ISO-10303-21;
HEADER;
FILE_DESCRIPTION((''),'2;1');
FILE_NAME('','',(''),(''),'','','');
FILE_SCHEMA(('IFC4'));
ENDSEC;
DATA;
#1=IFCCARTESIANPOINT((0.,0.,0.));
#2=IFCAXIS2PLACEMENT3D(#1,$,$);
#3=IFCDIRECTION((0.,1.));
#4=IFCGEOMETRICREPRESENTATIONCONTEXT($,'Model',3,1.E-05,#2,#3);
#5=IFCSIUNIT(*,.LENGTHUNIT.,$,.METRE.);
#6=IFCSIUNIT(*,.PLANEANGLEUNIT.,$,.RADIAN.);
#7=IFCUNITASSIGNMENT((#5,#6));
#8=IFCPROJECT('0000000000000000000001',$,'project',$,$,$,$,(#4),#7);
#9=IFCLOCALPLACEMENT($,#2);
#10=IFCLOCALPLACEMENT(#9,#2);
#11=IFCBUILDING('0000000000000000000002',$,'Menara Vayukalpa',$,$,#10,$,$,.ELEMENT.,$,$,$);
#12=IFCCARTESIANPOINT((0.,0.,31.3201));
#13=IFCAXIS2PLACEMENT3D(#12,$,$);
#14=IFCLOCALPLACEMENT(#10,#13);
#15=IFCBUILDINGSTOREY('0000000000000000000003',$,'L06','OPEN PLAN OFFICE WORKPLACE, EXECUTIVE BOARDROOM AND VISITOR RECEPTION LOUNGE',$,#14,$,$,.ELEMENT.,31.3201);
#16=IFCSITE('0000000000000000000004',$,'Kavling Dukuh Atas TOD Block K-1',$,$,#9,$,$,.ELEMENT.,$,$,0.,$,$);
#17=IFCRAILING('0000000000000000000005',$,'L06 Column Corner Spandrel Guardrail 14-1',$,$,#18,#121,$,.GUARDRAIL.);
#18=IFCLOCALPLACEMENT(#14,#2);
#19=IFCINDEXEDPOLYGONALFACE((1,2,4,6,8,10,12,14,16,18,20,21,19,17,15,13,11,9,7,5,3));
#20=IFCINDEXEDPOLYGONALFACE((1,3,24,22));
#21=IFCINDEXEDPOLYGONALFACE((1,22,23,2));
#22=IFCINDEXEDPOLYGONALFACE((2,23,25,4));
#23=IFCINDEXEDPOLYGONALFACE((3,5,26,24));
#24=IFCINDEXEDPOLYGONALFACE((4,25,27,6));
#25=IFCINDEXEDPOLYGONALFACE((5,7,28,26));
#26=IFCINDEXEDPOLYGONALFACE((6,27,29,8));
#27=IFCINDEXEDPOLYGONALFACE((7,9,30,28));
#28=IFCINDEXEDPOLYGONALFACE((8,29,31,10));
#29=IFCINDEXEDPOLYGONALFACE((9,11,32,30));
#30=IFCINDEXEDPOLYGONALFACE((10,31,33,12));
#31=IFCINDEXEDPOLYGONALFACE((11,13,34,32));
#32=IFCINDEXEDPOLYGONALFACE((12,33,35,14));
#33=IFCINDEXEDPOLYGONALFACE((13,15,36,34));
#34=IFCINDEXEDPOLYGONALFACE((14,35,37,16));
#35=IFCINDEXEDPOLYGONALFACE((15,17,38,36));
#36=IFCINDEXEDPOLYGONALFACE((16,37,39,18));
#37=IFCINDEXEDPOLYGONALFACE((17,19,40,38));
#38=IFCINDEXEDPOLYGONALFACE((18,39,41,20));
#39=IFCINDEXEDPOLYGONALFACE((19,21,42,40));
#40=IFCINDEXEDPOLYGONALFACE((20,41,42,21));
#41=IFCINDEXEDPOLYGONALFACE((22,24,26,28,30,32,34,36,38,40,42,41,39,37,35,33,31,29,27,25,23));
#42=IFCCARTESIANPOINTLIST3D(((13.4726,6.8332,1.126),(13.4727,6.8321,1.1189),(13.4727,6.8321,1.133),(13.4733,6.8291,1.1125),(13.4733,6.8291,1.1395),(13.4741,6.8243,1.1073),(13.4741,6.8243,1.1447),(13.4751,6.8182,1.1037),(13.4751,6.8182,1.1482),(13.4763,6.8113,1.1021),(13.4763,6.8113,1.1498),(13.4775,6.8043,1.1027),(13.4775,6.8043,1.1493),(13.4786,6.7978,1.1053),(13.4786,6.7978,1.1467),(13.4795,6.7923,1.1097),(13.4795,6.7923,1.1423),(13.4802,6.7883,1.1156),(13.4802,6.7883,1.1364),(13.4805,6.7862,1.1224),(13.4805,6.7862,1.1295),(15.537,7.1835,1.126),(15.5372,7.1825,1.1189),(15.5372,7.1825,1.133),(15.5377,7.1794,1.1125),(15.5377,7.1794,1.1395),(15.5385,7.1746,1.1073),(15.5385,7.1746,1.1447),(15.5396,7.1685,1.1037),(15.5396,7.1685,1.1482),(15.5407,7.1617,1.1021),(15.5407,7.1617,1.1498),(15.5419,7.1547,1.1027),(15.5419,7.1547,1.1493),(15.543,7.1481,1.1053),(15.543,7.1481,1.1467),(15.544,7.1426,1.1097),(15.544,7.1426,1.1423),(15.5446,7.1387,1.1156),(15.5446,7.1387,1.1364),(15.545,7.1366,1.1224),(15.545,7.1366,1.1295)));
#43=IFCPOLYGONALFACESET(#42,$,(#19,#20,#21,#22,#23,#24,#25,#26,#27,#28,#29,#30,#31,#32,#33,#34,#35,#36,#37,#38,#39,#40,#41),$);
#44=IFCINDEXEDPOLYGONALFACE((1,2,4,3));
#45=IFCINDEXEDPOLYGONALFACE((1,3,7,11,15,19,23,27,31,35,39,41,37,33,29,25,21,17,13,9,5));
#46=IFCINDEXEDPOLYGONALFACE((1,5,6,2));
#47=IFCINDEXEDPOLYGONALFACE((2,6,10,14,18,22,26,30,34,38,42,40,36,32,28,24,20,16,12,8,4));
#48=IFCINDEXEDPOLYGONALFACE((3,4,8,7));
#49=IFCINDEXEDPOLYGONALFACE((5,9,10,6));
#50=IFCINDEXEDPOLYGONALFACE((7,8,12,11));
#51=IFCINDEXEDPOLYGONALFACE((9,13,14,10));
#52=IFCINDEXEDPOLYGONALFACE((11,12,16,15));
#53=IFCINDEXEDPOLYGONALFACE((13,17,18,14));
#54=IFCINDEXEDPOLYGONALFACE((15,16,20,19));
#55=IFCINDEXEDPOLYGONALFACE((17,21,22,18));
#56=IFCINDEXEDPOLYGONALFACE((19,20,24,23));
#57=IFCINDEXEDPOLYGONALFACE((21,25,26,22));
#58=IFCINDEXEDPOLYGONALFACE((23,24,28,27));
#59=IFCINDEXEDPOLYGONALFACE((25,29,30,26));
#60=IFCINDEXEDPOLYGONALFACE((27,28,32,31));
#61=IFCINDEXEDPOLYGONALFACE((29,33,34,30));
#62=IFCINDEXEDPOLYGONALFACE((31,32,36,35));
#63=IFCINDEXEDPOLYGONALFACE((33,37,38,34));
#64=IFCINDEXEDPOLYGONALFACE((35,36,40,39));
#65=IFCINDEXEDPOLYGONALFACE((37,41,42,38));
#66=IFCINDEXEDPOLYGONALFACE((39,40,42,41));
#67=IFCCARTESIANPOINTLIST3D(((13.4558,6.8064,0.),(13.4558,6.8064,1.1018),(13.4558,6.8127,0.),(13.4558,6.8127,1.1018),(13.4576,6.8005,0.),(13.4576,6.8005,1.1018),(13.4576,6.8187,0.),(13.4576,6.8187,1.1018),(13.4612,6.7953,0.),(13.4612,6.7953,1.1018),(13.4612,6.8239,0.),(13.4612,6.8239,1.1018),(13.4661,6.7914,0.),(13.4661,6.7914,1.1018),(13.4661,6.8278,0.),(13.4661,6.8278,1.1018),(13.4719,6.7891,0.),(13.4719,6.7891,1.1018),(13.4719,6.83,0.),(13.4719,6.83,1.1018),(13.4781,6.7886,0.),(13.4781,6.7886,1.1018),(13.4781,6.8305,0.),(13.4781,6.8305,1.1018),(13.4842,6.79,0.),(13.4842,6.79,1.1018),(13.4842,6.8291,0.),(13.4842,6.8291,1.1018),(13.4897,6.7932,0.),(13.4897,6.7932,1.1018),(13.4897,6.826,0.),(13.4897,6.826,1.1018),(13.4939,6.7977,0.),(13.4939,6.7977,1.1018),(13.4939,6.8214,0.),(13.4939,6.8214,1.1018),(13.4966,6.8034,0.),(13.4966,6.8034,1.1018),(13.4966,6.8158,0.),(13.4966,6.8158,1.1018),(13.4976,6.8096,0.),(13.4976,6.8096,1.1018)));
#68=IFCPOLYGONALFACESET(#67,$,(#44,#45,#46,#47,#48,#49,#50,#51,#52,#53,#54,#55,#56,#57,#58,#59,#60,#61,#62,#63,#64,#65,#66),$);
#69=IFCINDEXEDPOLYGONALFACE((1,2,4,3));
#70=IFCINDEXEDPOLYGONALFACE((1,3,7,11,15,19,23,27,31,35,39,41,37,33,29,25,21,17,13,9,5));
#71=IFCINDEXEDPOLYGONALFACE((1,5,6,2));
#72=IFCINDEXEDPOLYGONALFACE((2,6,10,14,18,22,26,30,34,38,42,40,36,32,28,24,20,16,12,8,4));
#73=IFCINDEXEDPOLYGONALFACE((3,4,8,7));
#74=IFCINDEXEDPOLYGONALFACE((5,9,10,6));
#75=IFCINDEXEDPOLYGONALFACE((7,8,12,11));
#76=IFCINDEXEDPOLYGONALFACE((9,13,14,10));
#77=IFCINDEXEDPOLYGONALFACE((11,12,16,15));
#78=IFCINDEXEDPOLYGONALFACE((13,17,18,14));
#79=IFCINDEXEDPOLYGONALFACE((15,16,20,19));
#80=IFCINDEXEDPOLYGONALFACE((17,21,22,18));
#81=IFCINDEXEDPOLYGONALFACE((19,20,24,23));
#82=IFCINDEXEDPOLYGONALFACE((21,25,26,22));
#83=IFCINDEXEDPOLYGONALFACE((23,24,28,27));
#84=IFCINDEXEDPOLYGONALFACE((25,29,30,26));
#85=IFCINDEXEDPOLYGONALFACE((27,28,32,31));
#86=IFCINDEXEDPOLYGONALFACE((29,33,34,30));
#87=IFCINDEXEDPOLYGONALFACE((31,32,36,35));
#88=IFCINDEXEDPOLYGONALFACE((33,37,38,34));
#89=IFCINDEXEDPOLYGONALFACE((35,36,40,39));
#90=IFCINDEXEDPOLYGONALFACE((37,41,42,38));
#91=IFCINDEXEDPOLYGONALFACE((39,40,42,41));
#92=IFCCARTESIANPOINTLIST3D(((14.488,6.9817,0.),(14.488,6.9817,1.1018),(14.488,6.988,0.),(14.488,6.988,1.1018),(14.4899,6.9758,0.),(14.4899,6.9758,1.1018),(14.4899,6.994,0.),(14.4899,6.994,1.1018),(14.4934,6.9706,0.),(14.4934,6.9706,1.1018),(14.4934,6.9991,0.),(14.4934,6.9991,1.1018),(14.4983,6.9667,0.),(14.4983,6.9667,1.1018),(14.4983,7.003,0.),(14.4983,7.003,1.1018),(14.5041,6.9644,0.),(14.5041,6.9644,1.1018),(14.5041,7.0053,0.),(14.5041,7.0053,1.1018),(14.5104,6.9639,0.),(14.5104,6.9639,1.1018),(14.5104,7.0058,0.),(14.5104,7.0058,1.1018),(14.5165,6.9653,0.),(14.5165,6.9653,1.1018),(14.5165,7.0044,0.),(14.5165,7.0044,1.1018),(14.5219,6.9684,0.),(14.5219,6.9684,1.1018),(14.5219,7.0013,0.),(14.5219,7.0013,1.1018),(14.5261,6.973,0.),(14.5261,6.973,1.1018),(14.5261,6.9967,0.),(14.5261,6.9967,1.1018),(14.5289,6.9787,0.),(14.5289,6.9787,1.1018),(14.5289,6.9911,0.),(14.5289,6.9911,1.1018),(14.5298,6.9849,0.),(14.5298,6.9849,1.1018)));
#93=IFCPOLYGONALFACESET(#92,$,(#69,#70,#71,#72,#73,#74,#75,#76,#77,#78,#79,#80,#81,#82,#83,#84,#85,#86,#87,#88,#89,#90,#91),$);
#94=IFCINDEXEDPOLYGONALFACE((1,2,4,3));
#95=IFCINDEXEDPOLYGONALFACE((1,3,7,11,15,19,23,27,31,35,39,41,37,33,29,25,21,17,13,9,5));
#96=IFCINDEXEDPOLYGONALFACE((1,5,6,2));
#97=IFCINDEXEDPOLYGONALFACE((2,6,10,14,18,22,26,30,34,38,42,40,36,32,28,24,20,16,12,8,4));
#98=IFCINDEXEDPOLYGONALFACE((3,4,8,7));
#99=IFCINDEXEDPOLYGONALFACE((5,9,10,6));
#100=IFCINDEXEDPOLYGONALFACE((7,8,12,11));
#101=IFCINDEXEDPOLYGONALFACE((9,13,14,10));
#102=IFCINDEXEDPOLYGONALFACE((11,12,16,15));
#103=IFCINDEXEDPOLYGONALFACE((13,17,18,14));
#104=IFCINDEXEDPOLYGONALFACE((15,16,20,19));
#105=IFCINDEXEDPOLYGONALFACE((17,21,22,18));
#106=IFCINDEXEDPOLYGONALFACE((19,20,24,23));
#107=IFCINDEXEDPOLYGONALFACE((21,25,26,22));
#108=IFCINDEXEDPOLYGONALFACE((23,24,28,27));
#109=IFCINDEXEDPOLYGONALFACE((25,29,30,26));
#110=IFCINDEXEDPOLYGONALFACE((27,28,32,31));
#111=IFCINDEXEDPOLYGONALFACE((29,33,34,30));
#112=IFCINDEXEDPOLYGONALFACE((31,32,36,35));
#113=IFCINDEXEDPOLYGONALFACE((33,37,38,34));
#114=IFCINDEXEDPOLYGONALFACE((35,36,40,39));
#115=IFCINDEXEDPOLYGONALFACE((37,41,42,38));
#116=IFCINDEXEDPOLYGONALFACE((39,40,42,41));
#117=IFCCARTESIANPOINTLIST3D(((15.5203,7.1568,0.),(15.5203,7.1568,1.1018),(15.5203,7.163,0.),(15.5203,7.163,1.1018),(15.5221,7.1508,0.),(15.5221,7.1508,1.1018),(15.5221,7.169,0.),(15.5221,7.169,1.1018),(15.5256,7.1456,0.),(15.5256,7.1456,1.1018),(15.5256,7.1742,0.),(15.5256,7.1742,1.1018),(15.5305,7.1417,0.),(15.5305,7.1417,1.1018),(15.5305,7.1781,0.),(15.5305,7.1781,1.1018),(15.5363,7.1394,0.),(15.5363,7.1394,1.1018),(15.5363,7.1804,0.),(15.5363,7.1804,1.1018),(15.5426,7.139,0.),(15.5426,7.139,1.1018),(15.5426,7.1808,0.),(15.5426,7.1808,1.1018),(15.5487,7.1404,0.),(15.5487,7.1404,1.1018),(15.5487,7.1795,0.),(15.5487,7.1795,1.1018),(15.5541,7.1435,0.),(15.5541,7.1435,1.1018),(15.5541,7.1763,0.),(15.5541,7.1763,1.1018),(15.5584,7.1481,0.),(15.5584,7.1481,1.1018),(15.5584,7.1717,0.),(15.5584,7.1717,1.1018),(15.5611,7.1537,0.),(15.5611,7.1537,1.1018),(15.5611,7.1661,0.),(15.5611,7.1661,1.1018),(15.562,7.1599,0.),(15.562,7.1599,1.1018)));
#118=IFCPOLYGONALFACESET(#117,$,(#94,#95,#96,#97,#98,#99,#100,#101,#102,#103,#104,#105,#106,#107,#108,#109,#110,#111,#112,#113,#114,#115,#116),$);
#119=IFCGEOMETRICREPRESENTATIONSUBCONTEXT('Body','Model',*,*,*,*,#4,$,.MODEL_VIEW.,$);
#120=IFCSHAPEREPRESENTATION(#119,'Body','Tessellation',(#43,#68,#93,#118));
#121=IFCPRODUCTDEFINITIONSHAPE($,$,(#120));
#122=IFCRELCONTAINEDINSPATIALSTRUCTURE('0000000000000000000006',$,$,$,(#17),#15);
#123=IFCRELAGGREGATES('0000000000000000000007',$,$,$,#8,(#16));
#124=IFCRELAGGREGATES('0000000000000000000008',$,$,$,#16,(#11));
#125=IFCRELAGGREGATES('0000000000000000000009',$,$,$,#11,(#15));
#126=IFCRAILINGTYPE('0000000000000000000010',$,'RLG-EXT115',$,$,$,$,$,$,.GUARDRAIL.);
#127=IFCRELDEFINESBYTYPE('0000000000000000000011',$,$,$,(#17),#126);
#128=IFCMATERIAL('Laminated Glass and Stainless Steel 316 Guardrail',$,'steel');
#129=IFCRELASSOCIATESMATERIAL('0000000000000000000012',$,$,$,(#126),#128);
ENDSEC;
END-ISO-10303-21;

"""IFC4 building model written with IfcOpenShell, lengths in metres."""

from ifc_helpers import new_model, si_unit, direction, frame, origin, origin_2d, place, context, subcontext, project, spatial, circle, extrude, material, type_object, element, save


model = new_model("IFC4")

# Units and contexts
model_context = context("Model", 3, precision=1e-05, world=origin(), true_north=direction((0.0, 1.0)))
body_context = subcontext(model_context, "Body", "Model", "MODEL_VIEW")
ifc_project = project(units=[si_unit("LENGTHUNIT", "METRE"), si_unit("PLANEANGLEUNIT", "RADIAN")], contexts=[model_context])

# Site, building, storey
site_placement = place(None, origin())
site = spatial("IfcSite", under=ifc_project, at=site_placement, Name="Kavling Dukuh Atas TOD Block K-1", CompositionType="ELEMENT", RefElevation=0.0)
building_placement = place(site_placement, origin())
building = spatial("IfcBuilding", under=site, at=building_placement, Name="Menara Vayukalpa", CompositionType="ELEMENT")
storey_placement = place(building_placement, frame((0.0, 0.0, 31.3201)))
storey = spatial("IfcBuildingStorey", under=building, at=storey_placement, Name="L06", Description="OPEN PLAN OFFICE WORKPLACE, EXECUTIVE BOARDROOM AND VISITOR RECEPTION LOUNGE", CompositionType="ELEMENT", Elevation=31.3201)

# Railing
ifc_material_1 = material(Name="Laminated Glass and Stainless Steel 316 Guardrail", Category="steel")
railing_type = type_object("IfcRailingType", Name="RLG-EXT115", PredefinedType="GUARDRAIL", material=ifc_material_1)
railing_1_placement = place(storey_placement, frame((13.4766, 6.8096, 0.0)))
element("IfcRailing", 1, at=railing_1_placement, inside=storey, type_object=railing_type, Name="L06 Column Corner Spandrel Guardrail 14-1", PredefinedType="GUARDRAIL", context=body_context, shape_type="SweptSolid", body=[
    extrude(circle(Radius=0.0239, at=origin_2d()), frame((0.0, 0.0, 1.126), z_axis=(0.985904, 0.16731, 0.0), x_axis=(-0.16731, 0.985904, 0.0)), (0.0, 0.0, 1.0), 2.094),
    extrude(circle(Radius=0.021, at=origin_2d()), origin(), (0.0, 0.0, 1.0), 1.1018),
    extrude(circle(Radius=0.021, at=origin_2d()), frame((1.0322, 0.1753, 0.0)), (0.0, 0.0, 1.0), 1.1018),
    extrude(circle(Radius=0.021, at=origin_2d()), frame((2.0645, 0.3503, 0.0)), (0.0, 0.0, 1.0), 1.1018),
])

save(model, "model.ifc")
